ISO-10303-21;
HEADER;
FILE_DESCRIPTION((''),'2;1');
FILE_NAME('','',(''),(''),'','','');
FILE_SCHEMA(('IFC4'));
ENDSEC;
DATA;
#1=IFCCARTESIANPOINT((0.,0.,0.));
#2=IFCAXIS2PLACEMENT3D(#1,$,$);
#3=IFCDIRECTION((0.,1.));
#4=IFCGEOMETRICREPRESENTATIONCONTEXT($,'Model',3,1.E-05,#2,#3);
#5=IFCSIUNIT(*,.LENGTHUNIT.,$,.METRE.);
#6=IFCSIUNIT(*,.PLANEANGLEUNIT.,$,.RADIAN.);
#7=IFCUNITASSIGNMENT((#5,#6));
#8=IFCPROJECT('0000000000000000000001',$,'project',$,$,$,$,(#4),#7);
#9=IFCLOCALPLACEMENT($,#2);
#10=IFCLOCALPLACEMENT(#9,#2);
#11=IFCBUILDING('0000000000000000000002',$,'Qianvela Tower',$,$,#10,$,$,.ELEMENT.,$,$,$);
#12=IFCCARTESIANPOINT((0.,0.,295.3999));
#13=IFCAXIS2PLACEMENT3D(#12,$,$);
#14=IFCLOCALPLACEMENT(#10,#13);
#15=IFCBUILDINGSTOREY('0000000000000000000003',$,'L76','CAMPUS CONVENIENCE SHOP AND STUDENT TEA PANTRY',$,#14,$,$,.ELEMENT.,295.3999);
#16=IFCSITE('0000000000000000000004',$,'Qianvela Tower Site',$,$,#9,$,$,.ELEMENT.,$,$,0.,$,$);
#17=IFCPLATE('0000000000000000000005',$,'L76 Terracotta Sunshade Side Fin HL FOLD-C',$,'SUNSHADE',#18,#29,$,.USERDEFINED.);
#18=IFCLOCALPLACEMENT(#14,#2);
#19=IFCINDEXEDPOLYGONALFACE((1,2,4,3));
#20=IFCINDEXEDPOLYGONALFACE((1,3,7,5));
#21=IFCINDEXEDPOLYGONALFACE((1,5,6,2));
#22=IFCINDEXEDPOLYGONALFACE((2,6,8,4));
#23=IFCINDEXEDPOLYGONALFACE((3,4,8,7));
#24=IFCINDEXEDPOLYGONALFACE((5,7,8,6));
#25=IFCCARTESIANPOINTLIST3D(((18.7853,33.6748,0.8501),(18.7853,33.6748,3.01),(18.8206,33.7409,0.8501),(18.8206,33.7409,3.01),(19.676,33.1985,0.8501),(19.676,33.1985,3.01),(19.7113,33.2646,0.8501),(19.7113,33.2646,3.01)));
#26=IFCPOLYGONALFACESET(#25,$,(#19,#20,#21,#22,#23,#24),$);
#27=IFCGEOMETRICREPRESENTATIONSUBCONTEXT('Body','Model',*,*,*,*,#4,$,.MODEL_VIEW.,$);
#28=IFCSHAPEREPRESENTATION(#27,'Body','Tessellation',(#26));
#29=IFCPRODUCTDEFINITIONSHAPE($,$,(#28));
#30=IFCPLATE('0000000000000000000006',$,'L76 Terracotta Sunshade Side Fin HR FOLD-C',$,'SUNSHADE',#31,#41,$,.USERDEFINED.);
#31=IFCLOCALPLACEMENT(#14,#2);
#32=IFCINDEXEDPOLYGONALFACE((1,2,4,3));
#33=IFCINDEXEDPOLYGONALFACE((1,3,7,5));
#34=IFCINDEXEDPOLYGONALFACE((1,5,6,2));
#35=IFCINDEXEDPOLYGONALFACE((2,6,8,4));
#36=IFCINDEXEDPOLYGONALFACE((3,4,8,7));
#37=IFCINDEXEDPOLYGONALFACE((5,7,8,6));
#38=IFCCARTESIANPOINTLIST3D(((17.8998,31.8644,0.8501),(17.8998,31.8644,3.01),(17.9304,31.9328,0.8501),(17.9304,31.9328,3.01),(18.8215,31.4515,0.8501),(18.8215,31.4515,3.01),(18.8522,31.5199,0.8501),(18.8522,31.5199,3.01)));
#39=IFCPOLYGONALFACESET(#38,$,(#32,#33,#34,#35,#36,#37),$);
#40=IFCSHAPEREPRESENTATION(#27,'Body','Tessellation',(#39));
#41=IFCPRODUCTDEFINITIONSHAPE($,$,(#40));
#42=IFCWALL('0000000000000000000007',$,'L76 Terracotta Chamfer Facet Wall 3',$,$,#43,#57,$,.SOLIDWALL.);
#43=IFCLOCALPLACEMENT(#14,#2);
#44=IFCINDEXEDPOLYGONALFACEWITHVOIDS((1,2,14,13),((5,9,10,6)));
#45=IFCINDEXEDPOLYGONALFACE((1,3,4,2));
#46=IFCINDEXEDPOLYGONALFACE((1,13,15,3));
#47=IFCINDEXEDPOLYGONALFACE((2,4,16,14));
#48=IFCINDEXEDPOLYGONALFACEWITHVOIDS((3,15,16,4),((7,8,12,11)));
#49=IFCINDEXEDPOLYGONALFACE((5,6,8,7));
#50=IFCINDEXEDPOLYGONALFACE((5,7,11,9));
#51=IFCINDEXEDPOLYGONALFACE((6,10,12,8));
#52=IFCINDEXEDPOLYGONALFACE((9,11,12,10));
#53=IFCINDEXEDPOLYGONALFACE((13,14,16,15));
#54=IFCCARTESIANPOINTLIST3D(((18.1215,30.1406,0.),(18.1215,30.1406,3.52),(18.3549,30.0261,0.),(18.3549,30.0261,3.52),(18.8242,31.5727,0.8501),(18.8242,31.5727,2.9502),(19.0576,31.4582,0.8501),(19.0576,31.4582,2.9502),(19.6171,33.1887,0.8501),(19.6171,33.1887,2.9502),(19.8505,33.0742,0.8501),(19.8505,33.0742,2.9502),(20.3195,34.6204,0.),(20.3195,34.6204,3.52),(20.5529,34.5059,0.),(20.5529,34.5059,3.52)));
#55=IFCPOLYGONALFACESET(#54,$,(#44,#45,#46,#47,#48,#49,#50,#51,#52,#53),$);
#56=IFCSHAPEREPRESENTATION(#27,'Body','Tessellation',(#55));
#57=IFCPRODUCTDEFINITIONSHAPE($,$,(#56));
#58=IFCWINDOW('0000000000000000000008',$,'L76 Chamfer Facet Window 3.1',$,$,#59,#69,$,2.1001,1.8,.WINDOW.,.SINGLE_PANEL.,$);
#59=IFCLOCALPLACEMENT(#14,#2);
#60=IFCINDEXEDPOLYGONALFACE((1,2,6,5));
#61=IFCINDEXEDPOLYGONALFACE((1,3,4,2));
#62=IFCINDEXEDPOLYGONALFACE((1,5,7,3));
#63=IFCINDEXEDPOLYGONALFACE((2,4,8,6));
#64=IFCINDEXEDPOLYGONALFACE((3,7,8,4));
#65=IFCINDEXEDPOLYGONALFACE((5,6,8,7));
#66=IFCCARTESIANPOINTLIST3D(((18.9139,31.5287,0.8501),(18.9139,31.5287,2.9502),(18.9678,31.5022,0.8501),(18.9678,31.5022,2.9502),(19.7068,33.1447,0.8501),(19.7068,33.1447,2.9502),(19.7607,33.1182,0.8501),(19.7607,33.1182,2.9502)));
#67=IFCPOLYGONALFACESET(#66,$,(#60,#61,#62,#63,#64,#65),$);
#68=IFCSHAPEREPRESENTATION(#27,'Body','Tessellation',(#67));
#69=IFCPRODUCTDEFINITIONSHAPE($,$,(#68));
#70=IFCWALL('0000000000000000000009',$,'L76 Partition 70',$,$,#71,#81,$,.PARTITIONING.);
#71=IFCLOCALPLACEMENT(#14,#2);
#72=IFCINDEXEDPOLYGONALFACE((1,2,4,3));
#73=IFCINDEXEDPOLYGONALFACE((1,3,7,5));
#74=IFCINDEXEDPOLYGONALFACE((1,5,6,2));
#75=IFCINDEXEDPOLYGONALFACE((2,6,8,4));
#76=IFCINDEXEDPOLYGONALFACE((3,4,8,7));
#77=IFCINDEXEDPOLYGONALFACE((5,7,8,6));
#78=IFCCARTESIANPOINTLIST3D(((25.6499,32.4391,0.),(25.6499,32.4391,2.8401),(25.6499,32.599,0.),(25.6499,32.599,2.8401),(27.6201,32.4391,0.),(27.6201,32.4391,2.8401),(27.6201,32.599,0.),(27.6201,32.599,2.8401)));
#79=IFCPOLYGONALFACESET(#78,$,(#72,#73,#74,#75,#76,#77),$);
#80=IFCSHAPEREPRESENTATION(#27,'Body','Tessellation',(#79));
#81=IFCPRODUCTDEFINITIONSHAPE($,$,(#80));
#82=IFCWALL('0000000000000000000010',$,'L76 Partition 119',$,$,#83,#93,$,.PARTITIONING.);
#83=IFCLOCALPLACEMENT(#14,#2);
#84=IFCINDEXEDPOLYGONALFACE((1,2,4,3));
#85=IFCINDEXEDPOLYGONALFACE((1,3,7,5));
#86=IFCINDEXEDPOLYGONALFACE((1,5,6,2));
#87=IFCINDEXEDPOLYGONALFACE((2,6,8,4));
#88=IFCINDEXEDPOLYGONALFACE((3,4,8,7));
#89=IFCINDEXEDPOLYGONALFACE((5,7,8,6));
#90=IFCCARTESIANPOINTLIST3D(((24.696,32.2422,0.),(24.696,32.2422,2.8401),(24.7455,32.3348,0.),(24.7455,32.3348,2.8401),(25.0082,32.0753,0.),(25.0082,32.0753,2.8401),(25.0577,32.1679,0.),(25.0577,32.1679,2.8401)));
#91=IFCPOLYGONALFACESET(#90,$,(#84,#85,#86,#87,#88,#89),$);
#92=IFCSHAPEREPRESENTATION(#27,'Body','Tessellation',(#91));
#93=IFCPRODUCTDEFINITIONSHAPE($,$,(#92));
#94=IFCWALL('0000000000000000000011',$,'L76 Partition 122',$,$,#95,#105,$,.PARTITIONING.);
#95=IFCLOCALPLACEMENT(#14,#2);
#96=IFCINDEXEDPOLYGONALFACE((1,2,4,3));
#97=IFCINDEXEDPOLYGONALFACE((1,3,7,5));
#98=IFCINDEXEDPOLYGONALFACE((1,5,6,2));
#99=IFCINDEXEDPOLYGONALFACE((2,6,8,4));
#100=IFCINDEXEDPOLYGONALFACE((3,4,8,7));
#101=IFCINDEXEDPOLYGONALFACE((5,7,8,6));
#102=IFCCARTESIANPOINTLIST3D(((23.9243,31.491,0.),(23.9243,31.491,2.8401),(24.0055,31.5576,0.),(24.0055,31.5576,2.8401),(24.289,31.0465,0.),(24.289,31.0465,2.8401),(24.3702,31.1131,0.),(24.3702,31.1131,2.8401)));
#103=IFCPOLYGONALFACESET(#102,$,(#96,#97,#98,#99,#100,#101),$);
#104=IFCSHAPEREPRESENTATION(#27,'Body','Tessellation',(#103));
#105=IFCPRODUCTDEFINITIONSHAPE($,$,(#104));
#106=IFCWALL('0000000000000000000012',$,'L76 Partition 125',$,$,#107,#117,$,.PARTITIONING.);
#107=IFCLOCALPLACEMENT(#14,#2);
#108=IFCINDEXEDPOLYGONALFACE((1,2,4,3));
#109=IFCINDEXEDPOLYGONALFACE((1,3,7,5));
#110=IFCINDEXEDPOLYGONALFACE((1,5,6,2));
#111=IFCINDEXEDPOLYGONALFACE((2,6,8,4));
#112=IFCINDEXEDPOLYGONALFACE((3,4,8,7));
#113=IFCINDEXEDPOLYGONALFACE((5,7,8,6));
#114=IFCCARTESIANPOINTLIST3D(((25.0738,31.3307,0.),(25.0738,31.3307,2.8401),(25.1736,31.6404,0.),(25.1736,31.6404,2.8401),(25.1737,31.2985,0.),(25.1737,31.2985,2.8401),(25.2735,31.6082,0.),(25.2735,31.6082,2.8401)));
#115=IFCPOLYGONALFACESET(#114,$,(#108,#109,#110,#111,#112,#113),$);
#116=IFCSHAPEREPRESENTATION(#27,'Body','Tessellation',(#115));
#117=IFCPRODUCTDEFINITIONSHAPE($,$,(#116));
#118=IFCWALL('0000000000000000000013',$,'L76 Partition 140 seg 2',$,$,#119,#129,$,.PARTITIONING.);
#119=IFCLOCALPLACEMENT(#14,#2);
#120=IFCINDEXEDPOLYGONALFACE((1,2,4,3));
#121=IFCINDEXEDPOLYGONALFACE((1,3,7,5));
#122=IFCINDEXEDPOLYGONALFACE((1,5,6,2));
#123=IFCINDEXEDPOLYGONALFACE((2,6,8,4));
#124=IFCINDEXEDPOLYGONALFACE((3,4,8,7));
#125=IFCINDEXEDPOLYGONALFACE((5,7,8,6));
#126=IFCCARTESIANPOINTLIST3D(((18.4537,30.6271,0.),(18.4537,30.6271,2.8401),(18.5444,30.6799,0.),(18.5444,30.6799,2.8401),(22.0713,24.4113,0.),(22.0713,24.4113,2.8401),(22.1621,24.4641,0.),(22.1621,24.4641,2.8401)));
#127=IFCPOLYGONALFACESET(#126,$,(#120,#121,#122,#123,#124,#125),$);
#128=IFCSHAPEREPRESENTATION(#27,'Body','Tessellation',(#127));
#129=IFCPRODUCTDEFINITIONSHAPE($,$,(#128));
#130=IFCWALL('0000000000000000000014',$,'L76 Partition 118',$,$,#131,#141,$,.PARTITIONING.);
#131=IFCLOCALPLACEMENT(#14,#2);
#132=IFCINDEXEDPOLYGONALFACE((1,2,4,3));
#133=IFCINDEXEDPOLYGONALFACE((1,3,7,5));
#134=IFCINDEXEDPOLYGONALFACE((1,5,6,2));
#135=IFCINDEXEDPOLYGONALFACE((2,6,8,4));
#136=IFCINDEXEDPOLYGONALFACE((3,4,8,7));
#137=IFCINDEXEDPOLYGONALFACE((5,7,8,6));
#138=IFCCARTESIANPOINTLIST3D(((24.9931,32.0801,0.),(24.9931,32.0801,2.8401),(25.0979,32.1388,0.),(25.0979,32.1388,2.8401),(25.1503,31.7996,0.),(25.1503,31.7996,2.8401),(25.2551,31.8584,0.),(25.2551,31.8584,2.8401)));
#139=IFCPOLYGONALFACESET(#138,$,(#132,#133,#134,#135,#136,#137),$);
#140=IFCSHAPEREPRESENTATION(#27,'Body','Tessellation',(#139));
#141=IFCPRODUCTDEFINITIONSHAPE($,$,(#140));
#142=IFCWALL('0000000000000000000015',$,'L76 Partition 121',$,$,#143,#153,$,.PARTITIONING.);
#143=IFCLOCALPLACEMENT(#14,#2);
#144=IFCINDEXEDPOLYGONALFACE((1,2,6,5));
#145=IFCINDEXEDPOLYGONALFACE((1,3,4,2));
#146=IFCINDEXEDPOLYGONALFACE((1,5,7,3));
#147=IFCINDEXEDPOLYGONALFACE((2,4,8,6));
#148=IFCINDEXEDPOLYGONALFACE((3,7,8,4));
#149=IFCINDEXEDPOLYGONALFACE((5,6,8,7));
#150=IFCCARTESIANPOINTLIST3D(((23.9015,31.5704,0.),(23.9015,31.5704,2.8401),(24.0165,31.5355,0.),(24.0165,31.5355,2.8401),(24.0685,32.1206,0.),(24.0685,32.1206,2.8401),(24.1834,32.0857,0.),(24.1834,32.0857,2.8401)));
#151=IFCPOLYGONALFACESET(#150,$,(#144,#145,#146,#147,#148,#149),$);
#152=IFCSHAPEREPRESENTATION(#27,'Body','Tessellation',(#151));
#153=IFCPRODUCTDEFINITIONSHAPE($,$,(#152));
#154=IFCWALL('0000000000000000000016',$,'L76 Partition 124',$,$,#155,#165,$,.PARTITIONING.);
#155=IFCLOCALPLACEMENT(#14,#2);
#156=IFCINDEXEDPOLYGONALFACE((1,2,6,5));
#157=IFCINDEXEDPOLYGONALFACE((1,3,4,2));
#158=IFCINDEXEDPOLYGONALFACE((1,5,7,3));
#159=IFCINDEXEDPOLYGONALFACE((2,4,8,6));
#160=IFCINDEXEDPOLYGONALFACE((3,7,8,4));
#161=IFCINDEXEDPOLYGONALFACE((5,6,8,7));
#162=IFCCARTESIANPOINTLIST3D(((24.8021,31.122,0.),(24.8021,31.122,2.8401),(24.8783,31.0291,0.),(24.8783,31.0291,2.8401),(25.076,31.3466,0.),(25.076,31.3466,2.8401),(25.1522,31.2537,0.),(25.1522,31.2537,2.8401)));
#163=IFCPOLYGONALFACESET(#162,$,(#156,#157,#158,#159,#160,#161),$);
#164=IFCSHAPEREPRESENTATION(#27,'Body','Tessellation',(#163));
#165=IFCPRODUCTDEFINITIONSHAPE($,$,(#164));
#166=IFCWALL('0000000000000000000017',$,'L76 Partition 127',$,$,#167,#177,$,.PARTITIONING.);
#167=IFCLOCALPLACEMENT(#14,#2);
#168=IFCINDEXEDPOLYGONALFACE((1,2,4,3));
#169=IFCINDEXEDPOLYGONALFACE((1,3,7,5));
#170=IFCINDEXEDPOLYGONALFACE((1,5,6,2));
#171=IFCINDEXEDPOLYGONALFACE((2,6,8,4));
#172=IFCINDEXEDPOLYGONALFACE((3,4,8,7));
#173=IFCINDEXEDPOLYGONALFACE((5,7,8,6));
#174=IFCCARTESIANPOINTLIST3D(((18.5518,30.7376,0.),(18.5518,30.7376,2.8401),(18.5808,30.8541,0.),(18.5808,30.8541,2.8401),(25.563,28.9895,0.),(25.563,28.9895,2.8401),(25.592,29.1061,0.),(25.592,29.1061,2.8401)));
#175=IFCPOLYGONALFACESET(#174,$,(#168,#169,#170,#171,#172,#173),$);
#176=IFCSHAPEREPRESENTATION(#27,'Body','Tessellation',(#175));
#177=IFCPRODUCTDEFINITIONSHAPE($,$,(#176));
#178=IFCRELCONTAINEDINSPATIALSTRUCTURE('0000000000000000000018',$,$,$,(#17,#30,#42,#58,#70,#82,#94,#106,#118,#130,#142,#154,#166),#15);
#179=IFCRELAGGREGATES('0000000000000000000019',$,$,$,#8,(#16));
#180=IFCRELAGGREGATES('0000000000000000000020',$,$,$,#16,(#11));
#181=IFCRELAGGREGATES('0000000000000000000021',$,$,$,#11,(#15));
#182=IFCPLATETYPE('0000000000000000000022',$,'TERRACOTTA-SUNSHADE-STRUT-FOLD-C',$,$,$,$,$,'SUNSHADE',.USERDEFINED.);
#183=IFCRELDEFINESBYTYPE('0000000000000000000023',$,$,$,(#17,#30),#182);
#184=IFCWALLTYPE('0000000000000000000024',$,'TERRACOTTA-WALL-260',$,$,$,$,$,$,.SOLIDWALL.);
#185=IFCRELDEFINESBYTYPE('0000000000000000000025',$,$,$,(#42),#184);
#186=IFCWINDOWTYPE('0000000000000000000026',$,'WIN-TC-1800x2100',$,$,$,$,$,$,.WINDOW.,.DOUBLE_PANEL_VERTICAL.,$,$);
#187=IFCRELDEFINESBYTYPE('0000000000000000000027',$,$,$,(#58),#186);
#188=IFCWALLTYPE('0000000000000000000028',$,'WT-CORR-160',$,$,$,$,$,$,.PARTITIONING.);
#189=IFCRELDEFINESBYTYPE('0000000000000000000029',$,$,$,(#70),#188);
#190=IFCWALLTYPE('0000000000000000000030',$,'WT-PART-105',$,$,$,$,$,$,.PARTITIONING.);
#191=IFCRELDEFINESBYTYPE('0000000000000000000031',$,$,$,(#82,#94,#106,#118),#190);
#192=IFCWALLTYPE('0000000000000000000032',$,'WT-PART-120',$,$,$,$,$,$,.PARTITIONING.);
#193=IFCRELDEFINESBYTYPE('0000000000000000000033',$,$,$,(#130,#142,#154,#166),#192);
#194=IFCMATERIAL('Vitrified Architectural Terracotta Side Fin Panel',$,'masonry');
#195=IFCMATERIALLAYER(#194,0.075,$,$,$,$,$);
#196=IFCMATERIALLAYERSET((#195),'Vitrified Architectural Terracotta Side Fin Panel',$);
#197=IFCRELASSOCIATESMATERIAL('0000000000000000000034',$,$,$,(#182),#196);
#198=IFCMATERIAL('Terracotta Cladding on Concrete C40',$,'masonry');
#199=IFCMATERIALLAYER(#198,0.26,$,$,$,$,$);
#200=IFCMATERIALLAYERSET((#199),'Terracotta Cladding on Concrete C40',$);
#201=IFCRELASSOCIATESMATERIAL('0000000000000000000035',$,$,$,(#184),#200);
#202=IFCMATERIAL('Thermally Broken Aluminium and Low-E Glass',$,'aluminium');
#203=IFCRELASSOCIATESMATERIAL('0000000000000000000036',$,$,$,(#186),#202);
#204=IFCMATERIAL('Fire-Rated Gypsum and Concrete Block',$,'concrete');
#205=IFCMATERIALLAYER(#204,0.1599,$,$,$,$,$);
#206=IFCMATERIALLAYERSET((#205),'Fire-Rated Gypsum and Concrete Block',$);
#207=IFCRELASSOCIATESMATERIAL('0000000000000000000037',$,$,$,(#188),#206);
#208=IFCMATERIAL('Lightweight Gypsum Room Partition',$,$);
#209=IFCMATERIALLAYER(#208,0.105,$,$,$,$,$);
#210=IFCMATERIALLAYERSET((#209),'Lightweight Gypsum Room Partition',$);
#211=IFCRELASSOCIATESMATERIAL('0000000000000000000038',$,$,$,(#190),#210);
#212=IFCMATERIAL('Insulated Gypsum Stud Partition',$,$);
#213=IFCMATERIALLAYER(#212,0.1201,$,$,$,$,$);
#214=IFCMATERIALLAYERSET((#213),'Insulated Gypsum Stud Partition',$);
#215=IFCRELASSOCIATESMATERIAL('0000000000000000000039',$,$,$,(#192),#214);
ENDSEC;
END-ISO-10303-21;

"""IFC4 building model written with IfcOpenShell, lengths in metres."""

from ifc_helpers import new_model, si_unit, direction, frame, frame_2d, origin, origin_2d, place, context, subcontext, project, spatial, rectangle, extrude, material, layer, layer_set, type_object, element, fill, save


model = new_model("IFC4")

# Units and contexts
model_context = context("Model", 3, precision=1e-05, world=origin(), true_north=direction((0.0, 1.0)))
body_context = subcontext(model_context, "Body", "Model", "MODEL_VIEW")
ifc_project = project(units=[si_unit("LENGTHUNIT", "METRE"), si_unit("PLANEANGLEUNIT", "RADIAN")], contexts=[model_context])

# Site, building, storey
site_placement = place(None, origin())
site = spatial("IfcSite", under=ifc_project, at=site_placement, Name="Qianvela Tower Site", CompositionType="ELEMENT", RefElevation=0.0)
building_placement = place(site_placement, origin())
building = spatial("IfcBuilding", under=site, at=building_placement, Name="Qianvela Tower", CompositionType="ELEMENT")
storey_placement = place(building_placement, frame((0.0, 0.0, 295.3999)))
storey = spatial("IfcBuildingStorey", under=building, at=storey_placement, Name="L76", Description="CAMPUS CONVENIENCE SHOP AND STUDENT TEA PANTRY", CompositionType="ELEMENT", Elevation=295.3999)

# Plates
ifc_material_1 = material(Name="Vitrified Architectural Terracotta Side Fin Panel", Category="masonry")
ifc_layer_1 = layer(ifc_material_1, 0.075)
ifc_layer_set_1 = layer_set([ifc_layer_1], Name="Vitrified Architectural Terracotta Side Fin Panel")
plate_type_1 = type_object("IfcPlateType", Name="TERRACOTTA-SUNSHADE-STRUT-FOLD-C", ElementType="SUNSHADE", PredefinedType="USERDEFINED", material=ifc_layer_set_1)
for number, where, z_axis, x_axis, name in (
    (1, (19.2483, 33.4697, 0.8501), (0.0, 0.0, 1.0), (-0.471538, -0.881846, 0.0), "L76 Terracotta Sunshade Side Fin HL FOLD-C"),
    (2, (18.376, 31.6921, 0.8501), (0.0, 0.0, 1.0), (-0.408875, -0.91259, 0.0), "L76 Terracotta Sunshade Side Fin HR FOLD-C"),
):
    element("IfcPlate", number, at=place(storey_placement, frame(where, z_axis=z_axis, x_axis=x_axis)), inside=storey, type_object=plate_type_1, Name=name, ObjectType="SUNSHADE", PredefinedType="USERDEFINED", context=body_context, shape_type="SweptSolid", body=[
        extrude(rectangle(XDim=0.075, YDim=1.01, at=origin_2d()), origin(), (0.0, 0.0, 1.0), 2.1599),
    ])

# Wall, opening, window
ifc_material_2 = material(Name="Terracotta Cladding on Concrete C40", Category="masonry")
ifc_layer_2 = layer(ifc_material_2, 0.26)
ifc_layer_set_2 = layer_set([ifc_layer_2], Name="Terracotta Cladding on Concrete C40")
wall_type_1 = type_object("IfcWallType", Name="TERRACOTTA-WALL-260", PredefinedType="SOLIDWALL", material=ifc_layer_set_2)
wall_1_placement = place(storey_placement, frame((20.4363, 34.5632, 0.0), z_axis=(0.0, 0.0, 1.0), x_axis=(-0.440488, -0.897758, 0.0)))
wall_1 = element("IfcWall", 3, at=wall_1_placement, inside=storey, type_object=wall_type_1, Name="L76 Terracotta Chamfer Facet Wall 3", PredefinedType="SOLIDWALL", context=body_context, shape_type="SweptSolid", body=[
    extrude(rectangle(XDim=4.99, YDim=0.26, at=frame_2d((2.4951, 0.0))), origin(), (0.0, 0.0, 1.0), 3.52),
])
opening_1_placement = place(wall_1_placement, frame((1.595, 0.0, 0.8501)))
opening_1 = element("IfcOpeningElement", 4, at=opening_1_placement, cuts=wall_1, PredefinedType="OPENING", context=body_context, shape_type="SweptSolid", body=[
    extrude(rectangle(XDim=1.8, YDim=2.1001, at=frame_2d((0.8999, 1.05))), frame((0.0, 0.1399, 0.0), z_axis=(0.0, -1.0, 0.0), x_axis=(1.0, 0.0, 0.0)), (0.0, 0.0, 1.0), 0.28),
])
ifc_material_3 = material(Name="Thermally Broken Aluminium and Low-E Glass", Category="aluminium")
window_type = type_object("IfcWindowType", Name="WIN-TC-1800x2100", PartitioningType="DOUBLE_PANEL_VERTICAL", PredefinedType="WINDOW", material=ifc_material_3)
window_placement = place(opening_1_placement, origin())
window = element("IfcWindow", 5, at=window_placement, inside=storey, type_object=window_type, Name="L76 Chamfer Facet Window 3.1", OverallHeight=2.1001, OverallWidth=1.8, PartitioningType="SINGLE_PANEL", PredefinedType="WINDOW", context=body_context, shape_type="SweptSolid", body=[
    extrude(rectangle(XDim=1.8, YDim=2.1001, at=frame_2d((0.8999, 1.05))), frame((0.0, 0.03, 0.0), z_axis=(0.0, -1.0, 0.0), x_axis=(1.0, 0.0, 0.0)), (0.0, 0.0, 1.0), 0.0601),
])
fill(opening_1, window)

# Walls
ifc_material_4 = material(Name="Fire-Rated Gypsum and Concrete Block", Category="concrete")
ifc_layer_3 = layer(ifc_material_4, 0.1599)
ifc_layer_set_3 = layer_set([ifc_layer_3], Name="Fire-Rated Gypsum and Concrete Block")
wall_type_2 = type_object("IfcWallType", Name="WT-CORR-160", PredefinedType="PARTITIONING", material=ifc_layer_set_3)
wall_2_placement = place(storey_placement, frame((25.6499, 32.519, 0.0), z_axis=(0.0, 0.0, 1.0), x_axis=(1.0, 0.0, 0.0)))
element("IfcWall", 6, at=wall_2_placement, inside=storey, type_object=wall_type_2, Name="L76 Partition 70", PredefinedType="PARTITIONING", context=body_context, shape_type="SweptSolid", body=[
    extrude(rectangle(XDim=1.9702, YDim=0.1599, at=frame_2d((0.9851, 0.0))), origin(), (0.0, 0.0, 1.0), 2.8401),
])
ifc_material_5 = material(Name="Lightweight Gypsum Room Partition")
ifc_layer_4 = layer(ifc_material_5, 0.105)
ifc_layer_set_4 = layer_set([ifc_layer_4], Name="Lightweight Gypsum Room Partition")
wall_type_3 = type_object("IfcWallType", Name="WT-PART-105", PredefinedType="PARTITIONING", material=ifc_layer_set_4)
wall_3_placement = place(storey_placement, frame((25.033, 32.1216, 0.0), z_axis=(0.0, 0.0, 1.0), x_axis=(-0.881818, 0.47159, 0.0)))
element("IfcWall", 7, at=wall_3_placement, inside=storey, type_object=wall_type_3, Name="L76 Partition 119", PredefinedType="PARTITIONING", context=body_context, shape_type="SweptSolid", body=[
    extrude(rectangle(XDim=0.354, YDim=0.105, at=frame_2d((0.177, 0.0))), origin(), (0.0, 0.0, 1.0), 2.8401),
])
wall_4_placement = place(storey_placement, frame((23.9648, 31.5244, 0.0), z_axis=(0.0, 0.0, 1.0), x_axis=(0.634278, -0.773105, 0.0)))
element("IfcWall", 8, at=wall_4_placement, inside=storey, type_object=wall_type_3, Name="L76 Partition 122", PredefinedType="PARTITIONING", context=body_context, shape_type="SweptSolid", body=[
    extrude(rectangle(XDim=0.575, YDim=0.105, at=frame_2d((0.2876, 0.0))), origin(), (0.0, 0.0, 1.0), 2.8401),
])
wall_5_placement = place(storey_placement, frame((25.1238, 31.3147, 0.0), z_axis=(0.0, 0.0, 1.0), x_axis=(0.306762, 0.951786, 0.0)))
element("IfcWall", 9, at=wall_5_placement, inside=storey, type_object=wall_type_3, Name="L76 Partition 125", PredefinedType="PARTITIONING", context=body_context, shape_type="SweptSolid", body=[
    extrude(rectangle(XDim=0.3254, YDim=0.105, at=frame_2d((0.1626, 0.0))), origin(), (0.0, 0.0, 1.0), 2.8401),
])
wall_6_placement = place(storey_placement, frame((22.1167, 24.4377, 0.0), z_axis=(0.0, 0.0, 1.0), x_axis=(-0.503018, 0.864276, 0.0)))
element("IfcWall", 10, at=wall_6_placement, inside=storey, type_object=wall_type_3, Name="L76 Partition 140 seg 2", PredefinedType="PARTITIONING", context=body_context, shape_type="SweptSolid", body=[
    extrude(rectangle(XDim=7.1919, YDim=0.105, at=frame_2d((3.5959, 0.0))), origin(), (0.0, 0.0, 1.0), 2.8401),
])
ifc_material_6 = material(Name="Insulated Gypsum Stud Partition")
ifc_layer_5 = layer(ifc_material_6, 0.1201)
ifc_layer_set_5 = layer_set([ifc_layer_5], Name="Insulated Gypsum Stud Partition")
wall_type_4 = type_object("IfcWallType", Name="WT-PART-120", PredefinedType="PARTITIONING", material=ifc_layer_set_5)
wall_7_placement = place(storey_placement, frame((25.2026, 31.8291, 0.0), z_axis=(0.0, 0.0, 1.0), x_axis=(-0.488927, 0.872325, 0.0)))
element("IfcWall", 11, at=wall_7_placement, inside=storey, type_object=wall_type_4, Name="L76 Partition 118", PredefinedType="PARTITIONING", context=body_context, shape_type="SweptSolid", body=[
    extrude(rectangle(XDim=0.3215, YDim=0.1201, at=frame_2d((0.1606, 0.0))), origin(), (0.0, 0.0, 1.0), 2.8401),
])
wall_8_placement = place(storey_placement, frame((24.126, 32.1033, 0.0), z_axis=(0.0, 0.0, 1.0), x_axis=(-0.290384, -0.95691, 0.0)))
element("IfcWall", 12, at=wall_8_placement, inside=storey, type_object=wall_type_4, Name="L76 Partition 121", PredefinedType="PARTITIONING", context=body_context, shape_type="SweptSolid", body=[
    extrude(rectangle(XDim=0.575, YDim=0.1201, at=frame_2d((0.2876, 0.0))), origin(), (0.0, 0.0, 1.0), 2.8401),
])
wall_9_placement = place(storey_placement, frame((24.8401, 31.0754, 0.0), z_axis=(0.0, 0.0, 1.0), x_axis=(0.773281, 0.634063, 0.0)))
element("IfcWall", 13, at=wall_9_placement, inside=storey, type_object=wall_type_4, Name="L76 Partition 124", PredefinedType="PARTITIONING", context=body_context, shape_type="SweptSolid", body=[
    extrude(rectangle(XDim=0.3542, YDim=0.1201, at=frame_2d((0.1772, 0.0))), origin(), (0.0, 0.0, 1.0), 2.8401),
])
wall_10_placement = place(storey_placement, frame((25.5774, 29.0479, 0.0), z_axis=(0.0, 0.0, 1.0), x_axis=(-0.970297, 0.241915, 0.0)))
element("IfcWall", 14, at=wall_10_placement, inside=storey, type_object=wall_type_4, Name="L76 Partition 127", PredefinedType="PARTITIONING", context=body_context, shape_type="SweptSolid", body=[
    extrude(rectangle(XDim=7.2258, YDim=0.1201, at=frame_2d((3.6128, 0.0))), origin(), (0.0, 0.0, 1.0), 2.8401),
])

save(model, "model.ifc")
